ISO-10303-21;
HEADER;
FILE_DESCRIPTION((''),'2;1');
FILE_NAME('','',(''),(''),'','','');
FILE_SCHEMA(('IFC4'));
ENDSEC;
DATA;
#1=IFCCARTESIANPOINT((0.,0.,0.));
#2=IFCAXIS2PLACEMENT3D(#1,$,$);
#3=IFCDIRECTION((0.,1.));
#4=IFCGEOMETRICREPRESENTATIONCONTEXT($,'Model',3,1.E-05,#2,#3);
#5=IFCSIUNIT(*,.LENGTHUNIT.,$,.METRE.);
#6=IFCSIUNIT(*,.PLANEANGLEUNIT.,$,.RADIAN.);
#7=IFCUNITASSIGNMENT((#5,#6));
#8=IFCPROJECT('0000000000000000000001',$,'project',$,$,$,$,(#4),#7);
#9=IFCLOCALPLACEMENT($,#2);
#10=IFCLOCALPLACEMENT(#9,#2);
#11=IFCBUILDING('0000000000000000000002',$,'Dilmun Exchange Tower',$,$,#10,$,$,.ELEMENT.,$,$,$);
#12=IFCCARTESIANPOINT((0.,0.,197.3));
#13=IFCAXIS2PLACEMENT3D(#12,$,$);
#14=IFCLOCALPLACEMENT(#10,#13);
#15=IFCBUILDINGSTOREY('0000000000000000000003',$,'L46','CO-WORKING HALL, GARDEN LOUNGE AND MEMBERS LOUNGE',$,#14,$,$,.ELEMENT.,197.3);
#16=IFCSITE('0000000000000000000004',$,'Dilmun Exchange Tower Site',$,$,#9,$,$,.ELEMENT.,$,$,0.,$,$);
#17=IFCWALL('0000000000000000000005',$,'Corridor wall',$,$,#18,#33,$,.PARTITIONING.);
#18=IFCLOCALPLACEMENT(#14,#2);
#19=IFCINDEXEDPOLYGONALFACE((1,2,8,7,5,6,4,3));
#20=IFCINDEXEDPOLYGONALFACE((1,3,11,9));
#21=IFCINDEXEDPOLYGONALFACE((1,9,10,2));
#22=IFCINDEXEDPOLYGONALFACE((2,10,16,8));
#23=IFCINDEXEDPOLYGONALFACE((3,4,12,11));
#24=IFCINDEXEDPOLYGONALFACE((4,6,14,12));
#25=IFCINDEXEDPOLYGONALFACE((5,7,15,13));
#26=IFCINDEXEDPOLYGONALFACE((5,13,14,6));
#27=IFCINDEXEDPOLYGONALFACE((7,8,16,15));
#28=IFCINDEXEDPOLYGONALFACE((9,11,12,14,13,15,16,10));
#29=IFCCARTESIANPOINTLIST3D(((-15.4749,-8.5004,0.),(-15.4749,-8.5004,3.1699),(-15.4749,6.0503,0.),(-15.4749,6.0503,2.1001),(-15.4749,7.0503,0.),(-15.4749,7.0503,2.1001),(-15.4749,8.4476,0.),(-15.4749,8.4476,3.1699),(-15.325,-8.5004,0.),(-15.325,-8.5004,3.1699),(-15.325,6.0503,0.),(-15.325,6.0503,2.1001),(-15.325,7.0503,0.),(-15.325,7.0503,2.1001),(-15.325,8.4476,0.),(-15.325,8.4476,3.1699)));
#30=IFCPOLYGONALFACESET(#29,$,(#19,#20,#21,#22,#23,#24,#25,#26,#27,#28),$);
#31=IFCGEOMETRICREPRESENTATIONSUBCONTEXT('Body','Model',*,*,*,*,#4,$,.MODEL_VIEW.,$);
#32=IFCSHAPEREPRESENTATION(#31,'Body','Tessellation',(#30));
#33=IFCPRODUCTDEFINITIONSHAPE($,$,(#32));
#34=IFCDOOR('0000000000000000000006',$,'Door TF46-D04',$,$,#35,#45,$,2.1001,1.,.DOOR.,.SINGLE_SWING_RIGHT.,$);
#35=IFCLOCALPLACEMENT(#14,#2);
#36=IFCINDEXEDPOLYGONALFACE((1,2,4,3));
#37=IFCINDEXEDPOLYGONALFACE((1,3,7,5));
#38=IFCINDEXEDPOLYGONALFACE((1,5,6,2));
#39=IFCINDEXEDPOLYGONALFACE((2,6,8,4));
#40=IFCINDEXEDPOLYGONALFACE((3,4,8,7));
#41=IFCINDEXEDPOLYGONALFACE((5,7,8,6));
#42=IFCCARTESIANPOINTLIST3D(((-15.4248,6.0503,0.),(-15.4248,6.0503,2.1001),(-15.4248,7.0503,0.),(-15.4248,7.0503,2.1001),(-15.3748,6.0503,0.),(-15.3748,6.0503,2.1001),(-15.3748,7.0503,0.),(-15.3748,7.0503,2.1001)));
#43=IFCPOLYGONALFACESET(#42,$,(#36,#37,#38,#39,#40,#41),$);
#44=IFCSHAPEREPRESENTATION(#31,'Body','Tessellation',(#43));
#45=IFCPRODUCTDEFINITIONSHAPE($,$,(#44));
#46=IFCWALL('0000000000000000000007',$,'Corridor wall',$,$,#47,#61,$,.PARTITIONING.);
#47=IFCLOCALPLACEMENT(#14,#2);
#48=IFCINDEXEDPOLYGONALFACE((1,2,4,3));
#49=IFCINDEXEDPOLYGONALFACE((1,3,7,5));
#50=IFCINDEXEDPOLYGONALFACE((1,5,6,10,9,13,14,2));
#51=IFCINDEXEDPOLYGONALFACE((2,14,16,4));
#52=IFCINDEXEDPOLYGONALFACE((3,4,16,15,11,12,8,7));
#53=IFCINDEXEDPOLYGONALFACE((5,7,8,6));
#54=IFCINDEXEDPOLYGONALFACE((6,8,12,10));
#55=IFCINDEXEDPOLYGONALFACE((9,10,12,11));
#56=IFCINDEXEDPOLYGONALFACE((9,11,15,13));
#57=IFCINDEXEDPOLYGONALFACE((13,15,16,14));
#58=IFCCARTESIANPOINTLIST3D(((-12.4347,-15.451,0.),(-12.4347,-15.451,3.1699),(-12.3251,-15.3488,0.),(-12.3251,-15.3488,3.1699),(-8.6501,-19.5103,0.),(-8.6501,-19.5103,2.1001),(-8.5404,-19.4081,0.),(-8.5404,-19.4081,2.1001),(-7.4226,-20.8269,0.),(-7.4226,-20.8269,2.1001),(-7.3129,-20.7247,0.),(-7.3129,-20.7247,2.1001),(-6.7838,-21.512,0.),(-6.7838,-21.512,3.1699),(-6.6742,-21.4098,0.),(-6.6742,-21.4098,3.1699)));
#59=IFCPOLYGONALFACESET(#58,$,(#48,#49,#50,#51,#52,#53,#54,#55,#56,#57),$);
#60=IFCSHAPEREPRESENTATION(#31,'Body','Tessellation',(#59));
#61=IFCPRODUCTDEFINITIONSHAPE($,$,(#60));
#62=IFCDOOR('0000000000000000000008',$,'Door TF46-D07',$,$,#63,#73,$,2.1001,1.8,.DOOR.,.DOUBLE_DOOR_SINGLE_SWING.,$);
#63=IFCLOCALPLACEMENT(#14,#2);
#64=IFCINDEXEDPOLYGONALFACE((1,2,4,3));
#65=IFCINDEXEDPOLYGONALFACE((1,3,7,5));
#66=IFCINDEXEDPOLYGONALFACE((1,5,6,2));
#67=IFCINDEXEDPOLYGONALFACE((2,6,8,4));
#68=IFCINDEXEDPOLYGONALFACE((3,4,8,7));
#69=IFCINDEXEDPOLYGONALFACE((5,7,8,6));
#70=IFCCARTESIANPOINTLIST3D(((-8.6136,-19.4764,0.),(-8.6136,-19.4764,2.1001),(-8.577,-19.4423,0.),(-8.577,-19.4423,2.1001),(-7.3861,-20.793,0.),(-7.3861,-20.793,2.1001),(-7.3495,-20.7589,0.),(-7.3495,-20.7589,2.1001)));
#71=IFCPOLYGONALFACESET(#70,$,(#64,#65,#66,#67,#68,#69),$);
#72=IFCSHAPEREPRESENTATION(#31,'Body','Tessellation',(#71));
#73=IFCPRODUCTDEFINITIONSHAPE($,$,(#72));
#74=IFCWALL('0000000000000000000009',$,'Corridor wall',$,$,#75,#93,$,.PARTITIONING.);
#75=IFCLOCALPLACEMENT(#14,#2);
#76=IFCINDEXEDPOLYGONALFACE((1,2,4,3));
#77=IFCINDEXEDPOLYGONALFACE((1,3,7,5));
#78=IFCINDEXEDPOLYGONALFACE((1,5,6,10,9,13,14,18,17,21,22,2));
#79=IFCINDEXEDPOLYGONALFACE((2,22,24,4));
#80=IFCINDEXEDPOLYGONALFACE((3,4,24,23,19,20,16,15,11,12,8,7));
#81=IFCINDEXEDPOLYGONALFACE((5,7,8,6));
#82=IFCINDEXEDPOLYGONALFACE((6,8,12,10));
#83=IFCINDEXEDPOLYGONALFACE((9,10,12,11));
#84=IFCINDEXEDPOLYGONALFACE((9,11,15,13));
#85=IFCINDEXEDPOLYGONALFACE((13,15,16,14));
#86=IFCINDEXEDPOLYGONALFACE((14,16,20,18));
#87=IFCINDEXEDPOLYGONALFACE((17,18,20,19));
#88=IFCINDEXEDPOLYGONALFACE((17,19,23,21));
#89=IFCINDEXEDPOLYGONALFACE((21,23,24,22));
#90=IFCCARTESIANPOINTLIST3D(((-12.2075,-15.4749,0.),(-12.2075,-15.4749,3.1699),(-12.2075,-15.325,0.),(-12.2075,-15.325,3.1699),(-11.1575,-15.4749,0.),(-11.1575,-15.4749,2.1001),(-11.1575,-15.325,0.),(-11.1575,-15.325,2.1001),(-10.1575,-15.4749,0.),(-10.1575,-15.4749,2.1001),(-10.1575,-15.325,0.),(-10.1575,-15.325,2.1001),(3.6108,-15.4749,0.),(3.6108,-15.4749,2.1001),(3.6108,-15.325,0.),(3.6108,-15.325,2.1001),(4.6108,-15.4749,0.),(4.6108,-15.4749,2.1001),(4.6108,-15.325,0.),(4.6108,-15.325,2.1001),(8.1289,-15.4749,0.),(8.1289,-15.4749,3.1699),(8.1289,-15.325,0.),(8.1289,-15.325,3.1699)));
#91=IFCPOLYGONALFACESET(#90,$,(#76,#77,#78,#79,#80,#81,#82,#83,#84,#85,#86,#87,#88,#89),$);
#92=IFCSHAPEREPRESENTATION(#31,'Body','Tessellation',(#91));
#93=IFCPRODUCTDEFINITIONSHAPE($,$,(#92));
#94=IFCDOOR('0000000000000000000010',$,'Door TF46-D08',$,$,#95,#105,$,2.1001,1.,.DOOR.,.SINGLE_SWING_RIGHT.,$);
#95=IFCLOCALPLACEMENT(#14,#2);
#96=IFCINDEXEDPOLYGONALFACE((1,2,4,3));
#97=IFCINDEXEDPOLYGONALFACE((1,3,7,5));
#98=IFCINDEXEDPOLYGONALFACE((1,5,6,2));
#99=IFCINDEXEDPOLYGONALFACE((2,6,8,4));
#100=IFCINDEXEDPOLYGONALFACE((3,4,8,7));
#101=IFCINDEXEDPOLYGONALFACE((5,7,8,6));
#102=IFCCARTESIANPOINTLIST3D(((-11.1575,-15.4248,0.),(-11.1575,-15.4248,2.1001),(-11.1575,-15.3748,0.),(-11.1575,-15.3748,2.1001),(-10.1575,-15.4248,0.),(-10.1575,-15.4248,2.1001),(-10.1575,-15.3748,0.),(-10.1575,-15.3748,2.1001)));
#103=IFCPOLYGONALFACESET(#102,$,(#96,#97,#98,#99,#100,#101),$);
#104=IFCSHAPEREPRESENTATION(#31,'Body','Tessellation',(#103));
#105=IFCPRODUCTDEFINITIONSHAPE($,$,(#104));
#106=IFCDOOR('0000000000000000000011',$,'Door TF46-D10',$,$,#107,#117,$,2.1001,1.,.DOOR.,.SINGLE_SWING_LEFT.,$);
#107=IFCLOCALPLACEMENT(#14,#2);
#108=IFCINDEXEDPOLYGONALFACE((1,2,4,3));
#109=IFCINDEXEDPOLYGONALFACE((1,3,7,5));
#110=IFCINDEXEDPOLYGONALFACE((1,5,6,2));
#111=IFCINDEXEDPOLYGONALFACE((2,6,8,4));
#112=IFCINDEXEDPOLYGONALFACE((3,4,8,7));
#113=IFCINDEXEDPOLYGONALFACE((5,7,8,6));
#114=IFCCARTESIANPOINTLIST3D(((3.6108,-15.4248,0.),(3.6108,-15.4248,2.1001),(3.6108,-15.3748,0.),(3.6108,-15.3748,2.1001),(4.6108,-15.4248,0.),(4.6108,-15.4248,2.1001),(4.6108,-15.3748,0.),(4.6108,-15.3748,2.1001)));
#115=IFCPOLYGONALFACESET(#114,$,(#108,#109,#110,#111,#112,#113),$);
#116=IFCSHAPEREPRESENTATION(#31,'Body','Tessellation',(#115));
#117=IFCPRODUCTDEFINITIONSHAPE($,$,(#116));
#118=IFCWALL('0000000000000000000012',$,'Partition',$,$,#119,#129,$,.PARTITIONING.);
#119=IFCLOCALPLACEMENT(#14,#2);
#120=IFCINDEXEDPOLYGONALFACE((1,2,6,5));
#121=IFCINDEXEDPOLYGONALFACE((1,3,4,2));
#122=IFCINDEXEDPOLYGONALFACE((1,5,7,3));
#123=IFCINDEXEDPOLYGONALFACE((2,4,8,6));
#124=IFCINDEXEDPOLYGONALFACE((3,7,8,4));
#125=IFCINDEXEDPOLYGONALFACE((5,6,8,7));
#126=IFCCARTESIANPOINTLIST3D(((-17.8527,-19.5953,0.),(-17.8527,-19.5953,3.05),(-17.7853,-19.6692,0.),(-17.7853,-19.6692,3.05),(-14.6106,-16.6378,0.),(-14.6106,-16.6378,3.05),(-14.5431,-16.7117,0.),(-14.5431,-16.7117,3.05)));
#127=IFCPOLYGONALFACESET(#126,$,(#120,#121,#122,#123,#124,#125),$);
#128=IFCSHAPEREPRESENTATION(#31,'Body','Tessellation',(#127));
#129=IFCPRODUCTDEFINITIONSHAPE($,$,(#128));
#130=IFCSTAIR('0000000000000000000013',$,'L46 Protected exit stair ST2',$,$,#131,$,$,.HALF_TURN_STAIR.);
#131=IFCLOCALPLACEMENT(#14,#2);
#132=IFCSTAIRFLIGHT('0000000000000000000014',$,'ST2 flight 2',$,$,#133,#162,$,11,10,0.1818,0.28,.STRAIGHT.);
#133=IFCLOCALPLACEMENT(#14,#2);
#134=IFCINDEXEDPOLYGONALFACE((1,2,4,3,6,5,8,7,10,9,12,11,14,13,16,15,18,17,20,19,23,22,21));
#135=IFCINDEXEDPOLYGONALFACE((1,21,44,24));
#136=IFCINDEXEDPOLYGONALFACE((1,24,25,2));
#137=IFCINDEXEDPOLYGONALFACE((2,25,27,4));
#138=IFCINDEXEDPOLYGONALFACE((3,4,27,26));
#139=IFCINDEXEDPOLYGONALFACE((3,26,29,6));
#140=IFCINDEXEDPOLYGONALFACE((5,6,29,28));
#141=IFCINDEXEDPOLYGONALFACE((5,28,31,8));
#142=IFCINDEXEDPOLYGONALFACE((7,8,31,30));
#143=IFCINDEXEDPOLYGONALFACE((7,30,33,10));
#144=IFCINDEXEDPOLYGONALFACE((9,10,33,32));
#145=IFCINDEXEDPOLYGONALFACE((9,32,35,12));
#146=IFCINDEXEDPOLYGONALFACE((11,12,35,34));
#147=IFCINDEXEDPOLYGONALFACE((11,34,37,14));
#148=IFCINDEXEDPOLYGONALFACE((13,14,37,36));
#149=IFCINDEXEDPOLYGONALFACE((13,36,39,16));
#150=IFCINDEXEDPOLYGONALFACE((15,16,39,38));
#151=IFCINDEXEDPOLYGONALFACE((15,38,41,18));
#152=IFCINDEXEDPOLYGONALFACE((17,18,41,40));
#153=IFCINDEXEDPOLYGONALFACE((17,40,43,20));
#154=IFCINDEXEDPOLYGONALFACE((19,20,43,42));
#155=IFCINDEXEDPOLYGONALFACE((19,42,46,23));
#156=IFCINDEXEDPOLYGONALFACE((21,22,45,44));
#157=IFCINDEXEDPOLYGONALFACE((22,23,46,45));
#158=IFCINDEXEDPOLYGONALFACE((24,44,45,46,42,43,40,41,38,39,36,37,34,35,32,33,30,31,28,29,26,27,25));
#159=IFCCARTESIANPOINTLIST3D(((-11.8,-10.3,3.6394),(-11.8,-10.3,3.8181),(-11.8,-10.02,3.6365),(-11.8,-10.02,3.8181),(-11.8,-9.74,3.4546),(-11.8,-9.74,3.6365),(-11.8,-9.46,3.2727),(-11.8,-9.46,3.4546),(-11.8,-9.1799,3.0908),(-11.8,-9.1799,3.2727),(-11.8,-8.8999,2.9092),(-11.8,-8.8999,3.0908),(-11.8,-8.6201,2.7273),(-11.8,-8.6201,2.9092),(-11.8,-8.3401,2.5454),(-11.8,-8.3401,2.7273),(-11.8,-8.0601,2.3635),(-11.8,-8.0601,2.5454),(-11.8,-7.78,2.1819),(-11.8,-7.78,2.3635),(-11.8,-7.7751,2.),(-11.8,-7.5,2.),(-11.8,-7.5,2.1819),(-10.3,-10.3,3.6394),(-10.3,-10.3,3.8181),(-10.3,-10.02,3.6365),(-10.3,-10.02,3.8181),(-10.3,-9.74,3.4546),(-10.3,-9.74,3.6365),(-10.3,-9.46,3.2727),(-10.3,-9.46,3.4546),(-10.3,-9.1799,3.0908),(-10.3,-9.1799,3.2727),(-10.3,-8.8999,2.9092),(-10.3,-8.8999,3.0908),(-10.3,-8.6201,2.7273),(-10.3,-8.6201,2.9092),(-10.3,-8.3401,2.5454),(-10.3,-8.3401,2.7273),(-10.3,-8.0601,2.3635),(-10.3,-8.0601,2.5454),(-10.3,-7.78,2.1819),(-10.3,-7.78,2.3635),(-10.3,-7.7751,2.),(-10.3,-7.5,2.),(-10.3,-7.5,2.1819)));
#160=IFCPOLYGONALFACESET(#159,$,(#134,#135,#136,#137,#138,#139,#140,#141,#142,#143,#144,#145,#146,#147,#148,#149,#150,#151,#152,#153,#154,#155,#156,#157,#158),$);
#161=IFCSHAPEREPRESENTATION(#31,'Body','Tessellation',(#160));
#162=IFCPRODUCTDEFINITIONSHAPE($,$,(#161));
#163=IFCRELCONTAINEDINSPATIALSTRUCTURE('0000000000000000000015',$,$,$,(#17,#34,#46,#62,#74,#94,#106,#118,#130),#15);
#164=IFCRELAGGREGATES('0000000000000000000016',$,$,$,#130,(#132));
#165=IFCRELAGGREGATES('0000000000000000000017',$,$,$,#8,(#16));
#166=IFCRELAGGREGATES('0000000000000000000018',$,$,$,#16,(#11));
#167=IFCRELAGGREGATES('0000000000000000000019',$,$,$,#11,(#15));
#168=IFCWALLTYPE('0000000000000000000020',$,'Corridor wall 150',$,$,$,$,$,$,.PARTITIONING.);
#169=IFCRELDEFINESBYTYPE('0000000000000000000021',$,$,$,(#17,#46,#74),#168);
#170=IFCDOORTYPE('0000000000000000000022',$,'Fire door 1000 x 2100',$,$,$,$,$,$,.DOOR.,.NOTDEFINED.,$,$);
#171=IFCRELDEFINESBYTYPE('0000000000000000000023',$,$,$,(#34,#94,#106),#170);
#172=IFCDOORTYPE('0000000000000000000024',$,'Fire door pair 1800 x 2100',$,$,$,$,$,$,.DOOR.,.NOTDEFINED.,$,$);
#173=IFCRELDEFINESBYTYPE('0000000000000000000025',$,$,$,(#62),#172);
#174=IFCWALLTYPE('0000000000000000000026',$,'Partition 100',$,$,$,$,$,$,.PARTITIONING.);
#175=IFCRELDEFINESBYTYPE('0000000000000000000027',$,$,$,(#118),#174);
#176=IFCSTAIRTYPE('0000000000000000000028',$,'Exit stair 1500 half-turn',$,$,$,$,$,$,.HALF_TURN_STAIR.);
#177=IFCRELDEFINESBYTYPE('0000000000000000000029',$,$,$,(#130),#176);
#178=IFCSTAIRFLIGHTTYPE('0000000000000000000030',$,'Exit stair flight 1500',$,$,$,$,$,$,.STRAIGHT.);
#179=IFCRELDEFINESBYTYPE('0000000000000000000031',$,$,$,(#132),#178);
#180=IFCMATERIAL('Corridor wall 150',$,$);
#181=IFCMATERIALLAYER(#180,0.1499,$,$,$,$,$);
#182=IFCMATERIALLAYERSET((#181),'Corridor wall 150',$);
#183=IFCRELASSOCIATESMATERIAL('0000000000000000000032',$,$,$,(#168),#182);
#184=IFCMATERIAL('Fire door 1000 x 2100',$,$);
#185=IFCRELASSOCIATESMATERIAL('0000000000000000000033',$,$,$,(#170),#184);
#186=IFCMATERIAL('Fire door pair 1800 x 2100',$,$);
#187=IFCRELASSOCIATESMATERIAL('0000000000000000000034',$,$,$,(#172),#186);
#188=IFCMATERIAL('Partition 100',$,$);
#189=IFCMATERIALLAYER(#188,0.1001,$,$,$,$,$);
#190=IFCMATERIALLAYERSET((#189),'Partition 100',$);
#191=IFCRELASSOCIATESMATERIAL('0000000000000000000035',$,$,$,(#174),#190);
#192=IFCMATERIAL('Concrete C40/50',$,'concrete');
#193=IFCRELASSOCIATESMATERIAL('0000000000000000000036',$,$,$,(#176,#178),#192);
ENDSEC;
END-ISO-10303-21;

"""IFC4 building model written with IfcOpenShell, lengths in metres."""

from ifc_helpers import new_model, si_unit, direction, frame, frame_2d, origin, place, context, subcontext, project, spatial, polyline, rectangle, outline, extrude, material, layer, layer_set, type_object, element, fill, aggregate, save


model = new_model("IFC4")

# Units and contexts
model_context = context("Model", 3, precision=1e-05, world=origin(), true_north=direction((0.0, 1.0)))
body_context = subcontext(model_context, "Body", "Model", "MODEL_VIEW")
ifc_project = project(units=[si_unit("LENGTHUNIT", "METRE"), si_unit("PLANEANGLEUNIT", "RADIAN")], contexts=[model_context])

# Site, building, storey
site_placement = place(None, origin())
site = spatial("IfcSite", under=ifc_project, at=site_placement, Name="Dilmun Exchange Tower Site", CompositionType="ELEMENT", RefElevation=0.0)
building_placement = place(site_placement, origin())
building = spatial("IfcBuilding", under=site, at=building_placement, Name="Dilmun Exchange Tower", CompositionType="ELEMENT")
storey_placement = place(building_placement, frame((0.0, 0.0, 197.3)))
storey = spatial("IfcBuildingStorey", under=building, at=storey_placement, Name="L46", Description="CO-WORKING HALL, GARDEN LOUNGE AND MEMBERS LOUNGE", CompositionType="ELEMENT", Elevation=197.3)

# Shared definitions
ifc_material_1 = material(Name="Concrete C40/50", Category="concrete")

# Shared definitions
ifc_material_2 = material(Name="Corridor wall 150")
ifc_layer_1 = layer(ifc_material_2, 0.1499)
ifc_layer_set_1 = layer_set([ifc_layer_1], Name="Corridor wall 150")
wall_type_1 = type_object("IfcWallType", Name="Corridor wall 150", PredefinedType="PARTITIONING", material=ifc_layer_set_1)

# Walls, openings, doors
wall_1_placement = place(storey_placement, frame((-15.3999, -8.5005, 0.0), z_axis=(0.0, 0.0, 1.0), x_axis=(0.0, 1.0, 0.0)))
wall_1 = element("IfcWall", 1, at=wall_1_placement, inside=storey, type_object=wall_type_1, Name="Corridor wall", PredefinedType="PARTITIONING", context=body_context, shape_type="SweptSolid", body=[
    extrude(rectangle(XDim=16.948, YDim=0.1499, at=frame_2d((8.4741, 0.0))), origin(), (0.0, 0.0, 1.0), 3.1699),
])
opening_1_placement = place(wall_1_placement, frame((14.5508, 0.0, 0.0)))
opening_1 = element("IfcOpeningElement", 2, at=opening_1_placement, cuts=wall_1, PredefinedType="OPENING", context=body_context, shape_type="SweptSolid", body=[
    extrude(rectangle(XDim=1.0, YDim=2.1001, at=frame_2d((0.5, 1.05))), frame((0.0, 0.085, 0.0), z_axis=(0.0, -1.0, 0.0), x_axis=(1.0, 0.0, 0.0)), (0.0, 0.0, 1.0), 0.1699),
])
ifc_material_3 = material(Name="Fire door 1000 x 2100")
door_type_1 = type_object("IfcDoorType", Name="Fire door 1000 x 2100", OperationType="NOTDEFINED", PredefinedType="DOOR", material=ifc_material_3)
door_1_placement = place(opening_1_placement, origin())
door_1 = element("IfcDoor", 3, at=door_1_placement, inside=storey, type_object=door_type_1, Name="Door TF46-D04", OperationType="SINGLE_SWING_RIGHT", OverallHeight=2.1001, OverallWidth=1.0, PredefinedType="DOOR", context=body_context, shape_type="SweptSolid", body=[
    extrude(rectangle(XDim=1.0, YDim=2.1001, at=frame_2d((0.5, 1.05))), frame((0.0, 0.0249, 0.0), z_axis=(0.0, -1.0, 0.0), x_axis=(1.0, 0.0, 0.0)), (0.0, 0.0, 1.0), 0.05),
])
fill(opening_1, door_1)
wall_2_placement = place(storey_placement, frame((-12.3799, -15.3999, 0.0), z_axis=(0.0, 0.0, 1.0), x_axis=(0.681926, -0.731422, 0.0)))
wall_2 = element("IfcWall", 4, at=wall_2_placement, inside=storey, type_object=wall_type_1, Name="Corridor wall", PredefinedType="PARTITIONING", context=body_context, shape_type="SweptSolid", body=[
    extrude(rectangle(XDim=8.2866, YDim=0.1499, at=frame_2d((4.1433, 0.0))), origin(), (0.0, 0.0, 1.0), 3.1699),
])
opening_2_placement = place(wall_2_placement, frame((5.55, 0.0, 0.0)))
opening_2 = element("IfcOpeningElement", 5, at=opening_2_placement, cuts=wall_2, PredefinedType="OPENING", context=body_context, shape_type="SweptSolid", body=[
    extrude(rectangle(XDim=1.8, YDim=2.1001, at=frame_2d((0.8999, 1.05))), frame((0.0, 0.085, 0.0), z_axis=(0.0, -1.0, 0.0), x_axis=(1.0, 0.0, 0.0)), (0.0, 0.0, 1.0), 0.1699),
])
ifc_material_4 = material(Name="Fire door pair 1800 x 2100")
door_type_2 = type_object("IfcDoorType", Name="Fire door pair 1800 x 2100", OperationType="NOTDEFINED", PredefinedType="DOOR", material=ifc_material_4)
door_2_placement = place(opening_2_placement, origin())
door_2 = element("IfcDoor", 6, at=door_2_placement, inside=storey, type_object=door_type_2, Name="Door TF46-D07", OperationType="DOUBLE_DOOR_SINGLE_SWING", OverallHeight=2.1001, OverallWidth=1.8, PredefinedType="DOOR", context=body_context, shape_type="SweptSolid", body=[
    extrude(rectangle(XDim=1.8, YDim=2.1001, at=frame_2d((0.8999, 1.05))), frame((0.0, 0.0249, 0.0), z_axis=(0.0, -1.0, 0.0), x_axis=(1.0, 0.0, 0.0)), (0.0, 0.0, 1.0), 0.05),
])
fill(opening_2, door_2)

# Wall, openings, doors
wall_3_placement = place(storey_placement, frame((-12.2075, -15.3999, 0.0), z_axis=(0.0, 0.0, 1.0), x_axis=(1.0, 0.0, 0.0)))
wall_3 = element("IfcWall", 7, at=wall_3_placement, inside=storey, type_object=wall_type_1, Name="Corridor wall", PredefinedType="PARTITIONING", context=body_context, shape_type="SweptSolid", body=[
    extrude(rectangle(XDim=20.3364, YDim=0.1499, at=frame_2d((10.1682, 0.0))), origin(), (0.0, 0.0, 1.0), 3.1699),
])
opening_3_placement = place(wall_3_placement, frame((1.05, 0.0, 0.0)))
opening_3 = element("IfcOpeningElement", 8, at=opening_3_placement, cuts=wall_3, PredefinedType="OPENING", context=body_context, shape_type="SweptSolid", body=[
    extrude(rectangle(XDim=1.0, YDim=2.1001, at=frame_2d((0.5, 1.05))), frame((0.0, 0.085, 0.0), z_axis=(0.0, -1.0, 0.0), x_axis=(1.0, 0.0, 0.0)), (0.0, 0.0, 1.0), 0.1699),
])
opening_4_placement = place(wall_3_placement, frame((15.8184, 0.0, 0.0)))
opening_4 = element("IfcOpeningElement", 9, at=opening_4_placement, cuts=wall_3, PredefinedType="OPENING", context=body_context, shape_type="SweptSolid", body=[
    extrude(rectangle(XDim=1.0, YDim=2.1001, at=frame_2d((0.5, 1.05))), frame((0.0, 0.085, 0.0), z_axis=(0.0, -1.0, 0.0), x_axis=(1.0, 0.0, 0.0)), (0.0, 0.0, 1.0), 0.1699),
])
door_3_placement = place(opening_3_placement, frame((1.0, 0.0, 0.0), z_axis=(0.0, 0.0, 1.0), x_axis=(-1.0, 0.0, 0.0)))
door_3 = element("IfcDoor", 10, at=door_3_placement, inside=storey, type_object=door_type_1, Name="Door TF46-D08", OperationType="SINGLE_SWING_RIGHT", OverallHeight=2.1001, OverallWidth=1.0, PredefinedType="DOOR", context=body_context, shape_type="SweptSolid", body=[
    extrude(rectangle(XDim=1.0, YDim=2.1001, at=frame_2d((0.5, 1.05))), frame((0.0, 0.0249, 0.0), z_axis=(0.0, -1.0, 0.0), x_axis=(1.0, 0.0, 0.0)), (0.0, 0.0, 1.0), 0.05),
])
fill(opening_3, door_3)
door_4_placement = place(opening_4_placement, frame((1.0, 0.0, 0.0), z_axis=(0.0, 0.0, 1.0), x_axis=(-1.0, 0.0, 0.0)))
door_4 = element("IfcDoor", 11, at=door_4_placement, inside=storey, type_object=door_type_1, Name="Door TF46-D10", OperationType="SINGLE_SWING_LEFT", OverallHeight=2.1001, OverallWidth=1.0, PredefinedType="DOOR", context=body_context, shape_type="SweptSolid", body=[
    extrude(rectangle(XDim=1.0, YDim=2.1001, at=frame_2d((0.5, 1.05))), frame((0.0, 0.0249, 0.0), z_axis=(0.0, -1.0, 0.0), x_axis=(1.0, 0.0, 0.0)), (0.0, 0.0, 1.0), 0.05),
])
fill(opening_4, door_4)

# Wall
ifc_material_5 = material(Name="Partition 100")
ifc_layer_2 = layer(ifc_material_5, 0.1001)
ifc_layer_set_2 = layer_set([ifc_layer_2], Name="Partition 100")
wall_type_2 = type_object("IfcWallType", Name="Partition 100", PredefinedType="PARTITIONING", material=ifc_layer_set_2)
wall_4_placement = place(storey_placement, frame((-17.8191, -19.6323, 0.0), z_axis=(0.0, 0.0, 1.0), x_axis=(0.738796, 0.673929, 0.0)))
element("IfcWall", 12, at=wall_4_placement, inside=storey, type_object=wall_type_2, Name="Partition", PredefinedType="PARTITIONING", context=body_context, shape_type="SweptSolid", body=[
    extrude(rectangle(XDim=4.3884, YDim=0.1001, at=frame_2d((2.1943, 0.0))), origin(), (0.0, 0.0, 1.0), 3.05),
])

# Stair, stair flight
stair_type = type_object("IfcStairType", Name="Exit stair 1500 half-turn", PredefinedType="HALF_TURN_STAIR", material=ifc_material_1)
stair_placement = place(storey_placement, origin())
stair = element("IfcStair", 13, at=stair_placement, inside=storey, type_object=stair_type, Name="L46 Protected exit stair ST2", PredefinedType="HALF_TURN_STAIR")
stair_flight_type = type_object("IfcStairFlightType", Name="Exit stair flight 1500", PredefinedType="STRAIGHT", material=ifc_material_1)
stair_flight_placement = place(storey_placement, frame((-11.05, -7.5, 2.0), z_axis=(0.0, 0.0, 1.0), x_axis=(0.0, -1.0, 0.0)))
stair_flight = element("IfcStairFlight", 14, at=stair_flight_placement, type_object=stair_flight_type, Name="ST2 flight 2", NumberOfRisers=11, NumberOfTreads=10, PredefinedType="STRAIGHT", RiserHeight=0.1818, TreadLength=0.28, context=body_context, shape_type="SweptSolid", body=[
    extrude(outline(polyline([(0.0, 0.0), (0.0, 0.1819), (0.28, 0.1819), (0.28, 0.3635), (0.5601, 0.3635), (0.5601, 0.5454), (0.8401, 0.5454), (0.8401, 0.7273), (1.1201, 0.7273), (1.1201, 0.9092), (1.3999, 0.9092), (1.3999, 1.0908), (1.6799, 1.0908), (1.6799, 1.2727), (1.96, 1.2727), (1.96, 1.4546), (2.24, 1.4546), (2.24, 1.6365), (2.52, 1.6365), (2.52, 1.8181), (2.8, 1.8181), (2.8, 2.0), (2.8, 1.6394), (0.2751, 0.0), (0.0, 0.0)])), frame((0.0, 0.75, 0.0), z_axis=(0.0, -1.0, 0.0), x_axis=(1.0, 0.0, 0.0)), (0.0, 0.0, 1.0), 1.5),
])
aggregate(stair, [stair_flight])

save(model, "model.ifc")
